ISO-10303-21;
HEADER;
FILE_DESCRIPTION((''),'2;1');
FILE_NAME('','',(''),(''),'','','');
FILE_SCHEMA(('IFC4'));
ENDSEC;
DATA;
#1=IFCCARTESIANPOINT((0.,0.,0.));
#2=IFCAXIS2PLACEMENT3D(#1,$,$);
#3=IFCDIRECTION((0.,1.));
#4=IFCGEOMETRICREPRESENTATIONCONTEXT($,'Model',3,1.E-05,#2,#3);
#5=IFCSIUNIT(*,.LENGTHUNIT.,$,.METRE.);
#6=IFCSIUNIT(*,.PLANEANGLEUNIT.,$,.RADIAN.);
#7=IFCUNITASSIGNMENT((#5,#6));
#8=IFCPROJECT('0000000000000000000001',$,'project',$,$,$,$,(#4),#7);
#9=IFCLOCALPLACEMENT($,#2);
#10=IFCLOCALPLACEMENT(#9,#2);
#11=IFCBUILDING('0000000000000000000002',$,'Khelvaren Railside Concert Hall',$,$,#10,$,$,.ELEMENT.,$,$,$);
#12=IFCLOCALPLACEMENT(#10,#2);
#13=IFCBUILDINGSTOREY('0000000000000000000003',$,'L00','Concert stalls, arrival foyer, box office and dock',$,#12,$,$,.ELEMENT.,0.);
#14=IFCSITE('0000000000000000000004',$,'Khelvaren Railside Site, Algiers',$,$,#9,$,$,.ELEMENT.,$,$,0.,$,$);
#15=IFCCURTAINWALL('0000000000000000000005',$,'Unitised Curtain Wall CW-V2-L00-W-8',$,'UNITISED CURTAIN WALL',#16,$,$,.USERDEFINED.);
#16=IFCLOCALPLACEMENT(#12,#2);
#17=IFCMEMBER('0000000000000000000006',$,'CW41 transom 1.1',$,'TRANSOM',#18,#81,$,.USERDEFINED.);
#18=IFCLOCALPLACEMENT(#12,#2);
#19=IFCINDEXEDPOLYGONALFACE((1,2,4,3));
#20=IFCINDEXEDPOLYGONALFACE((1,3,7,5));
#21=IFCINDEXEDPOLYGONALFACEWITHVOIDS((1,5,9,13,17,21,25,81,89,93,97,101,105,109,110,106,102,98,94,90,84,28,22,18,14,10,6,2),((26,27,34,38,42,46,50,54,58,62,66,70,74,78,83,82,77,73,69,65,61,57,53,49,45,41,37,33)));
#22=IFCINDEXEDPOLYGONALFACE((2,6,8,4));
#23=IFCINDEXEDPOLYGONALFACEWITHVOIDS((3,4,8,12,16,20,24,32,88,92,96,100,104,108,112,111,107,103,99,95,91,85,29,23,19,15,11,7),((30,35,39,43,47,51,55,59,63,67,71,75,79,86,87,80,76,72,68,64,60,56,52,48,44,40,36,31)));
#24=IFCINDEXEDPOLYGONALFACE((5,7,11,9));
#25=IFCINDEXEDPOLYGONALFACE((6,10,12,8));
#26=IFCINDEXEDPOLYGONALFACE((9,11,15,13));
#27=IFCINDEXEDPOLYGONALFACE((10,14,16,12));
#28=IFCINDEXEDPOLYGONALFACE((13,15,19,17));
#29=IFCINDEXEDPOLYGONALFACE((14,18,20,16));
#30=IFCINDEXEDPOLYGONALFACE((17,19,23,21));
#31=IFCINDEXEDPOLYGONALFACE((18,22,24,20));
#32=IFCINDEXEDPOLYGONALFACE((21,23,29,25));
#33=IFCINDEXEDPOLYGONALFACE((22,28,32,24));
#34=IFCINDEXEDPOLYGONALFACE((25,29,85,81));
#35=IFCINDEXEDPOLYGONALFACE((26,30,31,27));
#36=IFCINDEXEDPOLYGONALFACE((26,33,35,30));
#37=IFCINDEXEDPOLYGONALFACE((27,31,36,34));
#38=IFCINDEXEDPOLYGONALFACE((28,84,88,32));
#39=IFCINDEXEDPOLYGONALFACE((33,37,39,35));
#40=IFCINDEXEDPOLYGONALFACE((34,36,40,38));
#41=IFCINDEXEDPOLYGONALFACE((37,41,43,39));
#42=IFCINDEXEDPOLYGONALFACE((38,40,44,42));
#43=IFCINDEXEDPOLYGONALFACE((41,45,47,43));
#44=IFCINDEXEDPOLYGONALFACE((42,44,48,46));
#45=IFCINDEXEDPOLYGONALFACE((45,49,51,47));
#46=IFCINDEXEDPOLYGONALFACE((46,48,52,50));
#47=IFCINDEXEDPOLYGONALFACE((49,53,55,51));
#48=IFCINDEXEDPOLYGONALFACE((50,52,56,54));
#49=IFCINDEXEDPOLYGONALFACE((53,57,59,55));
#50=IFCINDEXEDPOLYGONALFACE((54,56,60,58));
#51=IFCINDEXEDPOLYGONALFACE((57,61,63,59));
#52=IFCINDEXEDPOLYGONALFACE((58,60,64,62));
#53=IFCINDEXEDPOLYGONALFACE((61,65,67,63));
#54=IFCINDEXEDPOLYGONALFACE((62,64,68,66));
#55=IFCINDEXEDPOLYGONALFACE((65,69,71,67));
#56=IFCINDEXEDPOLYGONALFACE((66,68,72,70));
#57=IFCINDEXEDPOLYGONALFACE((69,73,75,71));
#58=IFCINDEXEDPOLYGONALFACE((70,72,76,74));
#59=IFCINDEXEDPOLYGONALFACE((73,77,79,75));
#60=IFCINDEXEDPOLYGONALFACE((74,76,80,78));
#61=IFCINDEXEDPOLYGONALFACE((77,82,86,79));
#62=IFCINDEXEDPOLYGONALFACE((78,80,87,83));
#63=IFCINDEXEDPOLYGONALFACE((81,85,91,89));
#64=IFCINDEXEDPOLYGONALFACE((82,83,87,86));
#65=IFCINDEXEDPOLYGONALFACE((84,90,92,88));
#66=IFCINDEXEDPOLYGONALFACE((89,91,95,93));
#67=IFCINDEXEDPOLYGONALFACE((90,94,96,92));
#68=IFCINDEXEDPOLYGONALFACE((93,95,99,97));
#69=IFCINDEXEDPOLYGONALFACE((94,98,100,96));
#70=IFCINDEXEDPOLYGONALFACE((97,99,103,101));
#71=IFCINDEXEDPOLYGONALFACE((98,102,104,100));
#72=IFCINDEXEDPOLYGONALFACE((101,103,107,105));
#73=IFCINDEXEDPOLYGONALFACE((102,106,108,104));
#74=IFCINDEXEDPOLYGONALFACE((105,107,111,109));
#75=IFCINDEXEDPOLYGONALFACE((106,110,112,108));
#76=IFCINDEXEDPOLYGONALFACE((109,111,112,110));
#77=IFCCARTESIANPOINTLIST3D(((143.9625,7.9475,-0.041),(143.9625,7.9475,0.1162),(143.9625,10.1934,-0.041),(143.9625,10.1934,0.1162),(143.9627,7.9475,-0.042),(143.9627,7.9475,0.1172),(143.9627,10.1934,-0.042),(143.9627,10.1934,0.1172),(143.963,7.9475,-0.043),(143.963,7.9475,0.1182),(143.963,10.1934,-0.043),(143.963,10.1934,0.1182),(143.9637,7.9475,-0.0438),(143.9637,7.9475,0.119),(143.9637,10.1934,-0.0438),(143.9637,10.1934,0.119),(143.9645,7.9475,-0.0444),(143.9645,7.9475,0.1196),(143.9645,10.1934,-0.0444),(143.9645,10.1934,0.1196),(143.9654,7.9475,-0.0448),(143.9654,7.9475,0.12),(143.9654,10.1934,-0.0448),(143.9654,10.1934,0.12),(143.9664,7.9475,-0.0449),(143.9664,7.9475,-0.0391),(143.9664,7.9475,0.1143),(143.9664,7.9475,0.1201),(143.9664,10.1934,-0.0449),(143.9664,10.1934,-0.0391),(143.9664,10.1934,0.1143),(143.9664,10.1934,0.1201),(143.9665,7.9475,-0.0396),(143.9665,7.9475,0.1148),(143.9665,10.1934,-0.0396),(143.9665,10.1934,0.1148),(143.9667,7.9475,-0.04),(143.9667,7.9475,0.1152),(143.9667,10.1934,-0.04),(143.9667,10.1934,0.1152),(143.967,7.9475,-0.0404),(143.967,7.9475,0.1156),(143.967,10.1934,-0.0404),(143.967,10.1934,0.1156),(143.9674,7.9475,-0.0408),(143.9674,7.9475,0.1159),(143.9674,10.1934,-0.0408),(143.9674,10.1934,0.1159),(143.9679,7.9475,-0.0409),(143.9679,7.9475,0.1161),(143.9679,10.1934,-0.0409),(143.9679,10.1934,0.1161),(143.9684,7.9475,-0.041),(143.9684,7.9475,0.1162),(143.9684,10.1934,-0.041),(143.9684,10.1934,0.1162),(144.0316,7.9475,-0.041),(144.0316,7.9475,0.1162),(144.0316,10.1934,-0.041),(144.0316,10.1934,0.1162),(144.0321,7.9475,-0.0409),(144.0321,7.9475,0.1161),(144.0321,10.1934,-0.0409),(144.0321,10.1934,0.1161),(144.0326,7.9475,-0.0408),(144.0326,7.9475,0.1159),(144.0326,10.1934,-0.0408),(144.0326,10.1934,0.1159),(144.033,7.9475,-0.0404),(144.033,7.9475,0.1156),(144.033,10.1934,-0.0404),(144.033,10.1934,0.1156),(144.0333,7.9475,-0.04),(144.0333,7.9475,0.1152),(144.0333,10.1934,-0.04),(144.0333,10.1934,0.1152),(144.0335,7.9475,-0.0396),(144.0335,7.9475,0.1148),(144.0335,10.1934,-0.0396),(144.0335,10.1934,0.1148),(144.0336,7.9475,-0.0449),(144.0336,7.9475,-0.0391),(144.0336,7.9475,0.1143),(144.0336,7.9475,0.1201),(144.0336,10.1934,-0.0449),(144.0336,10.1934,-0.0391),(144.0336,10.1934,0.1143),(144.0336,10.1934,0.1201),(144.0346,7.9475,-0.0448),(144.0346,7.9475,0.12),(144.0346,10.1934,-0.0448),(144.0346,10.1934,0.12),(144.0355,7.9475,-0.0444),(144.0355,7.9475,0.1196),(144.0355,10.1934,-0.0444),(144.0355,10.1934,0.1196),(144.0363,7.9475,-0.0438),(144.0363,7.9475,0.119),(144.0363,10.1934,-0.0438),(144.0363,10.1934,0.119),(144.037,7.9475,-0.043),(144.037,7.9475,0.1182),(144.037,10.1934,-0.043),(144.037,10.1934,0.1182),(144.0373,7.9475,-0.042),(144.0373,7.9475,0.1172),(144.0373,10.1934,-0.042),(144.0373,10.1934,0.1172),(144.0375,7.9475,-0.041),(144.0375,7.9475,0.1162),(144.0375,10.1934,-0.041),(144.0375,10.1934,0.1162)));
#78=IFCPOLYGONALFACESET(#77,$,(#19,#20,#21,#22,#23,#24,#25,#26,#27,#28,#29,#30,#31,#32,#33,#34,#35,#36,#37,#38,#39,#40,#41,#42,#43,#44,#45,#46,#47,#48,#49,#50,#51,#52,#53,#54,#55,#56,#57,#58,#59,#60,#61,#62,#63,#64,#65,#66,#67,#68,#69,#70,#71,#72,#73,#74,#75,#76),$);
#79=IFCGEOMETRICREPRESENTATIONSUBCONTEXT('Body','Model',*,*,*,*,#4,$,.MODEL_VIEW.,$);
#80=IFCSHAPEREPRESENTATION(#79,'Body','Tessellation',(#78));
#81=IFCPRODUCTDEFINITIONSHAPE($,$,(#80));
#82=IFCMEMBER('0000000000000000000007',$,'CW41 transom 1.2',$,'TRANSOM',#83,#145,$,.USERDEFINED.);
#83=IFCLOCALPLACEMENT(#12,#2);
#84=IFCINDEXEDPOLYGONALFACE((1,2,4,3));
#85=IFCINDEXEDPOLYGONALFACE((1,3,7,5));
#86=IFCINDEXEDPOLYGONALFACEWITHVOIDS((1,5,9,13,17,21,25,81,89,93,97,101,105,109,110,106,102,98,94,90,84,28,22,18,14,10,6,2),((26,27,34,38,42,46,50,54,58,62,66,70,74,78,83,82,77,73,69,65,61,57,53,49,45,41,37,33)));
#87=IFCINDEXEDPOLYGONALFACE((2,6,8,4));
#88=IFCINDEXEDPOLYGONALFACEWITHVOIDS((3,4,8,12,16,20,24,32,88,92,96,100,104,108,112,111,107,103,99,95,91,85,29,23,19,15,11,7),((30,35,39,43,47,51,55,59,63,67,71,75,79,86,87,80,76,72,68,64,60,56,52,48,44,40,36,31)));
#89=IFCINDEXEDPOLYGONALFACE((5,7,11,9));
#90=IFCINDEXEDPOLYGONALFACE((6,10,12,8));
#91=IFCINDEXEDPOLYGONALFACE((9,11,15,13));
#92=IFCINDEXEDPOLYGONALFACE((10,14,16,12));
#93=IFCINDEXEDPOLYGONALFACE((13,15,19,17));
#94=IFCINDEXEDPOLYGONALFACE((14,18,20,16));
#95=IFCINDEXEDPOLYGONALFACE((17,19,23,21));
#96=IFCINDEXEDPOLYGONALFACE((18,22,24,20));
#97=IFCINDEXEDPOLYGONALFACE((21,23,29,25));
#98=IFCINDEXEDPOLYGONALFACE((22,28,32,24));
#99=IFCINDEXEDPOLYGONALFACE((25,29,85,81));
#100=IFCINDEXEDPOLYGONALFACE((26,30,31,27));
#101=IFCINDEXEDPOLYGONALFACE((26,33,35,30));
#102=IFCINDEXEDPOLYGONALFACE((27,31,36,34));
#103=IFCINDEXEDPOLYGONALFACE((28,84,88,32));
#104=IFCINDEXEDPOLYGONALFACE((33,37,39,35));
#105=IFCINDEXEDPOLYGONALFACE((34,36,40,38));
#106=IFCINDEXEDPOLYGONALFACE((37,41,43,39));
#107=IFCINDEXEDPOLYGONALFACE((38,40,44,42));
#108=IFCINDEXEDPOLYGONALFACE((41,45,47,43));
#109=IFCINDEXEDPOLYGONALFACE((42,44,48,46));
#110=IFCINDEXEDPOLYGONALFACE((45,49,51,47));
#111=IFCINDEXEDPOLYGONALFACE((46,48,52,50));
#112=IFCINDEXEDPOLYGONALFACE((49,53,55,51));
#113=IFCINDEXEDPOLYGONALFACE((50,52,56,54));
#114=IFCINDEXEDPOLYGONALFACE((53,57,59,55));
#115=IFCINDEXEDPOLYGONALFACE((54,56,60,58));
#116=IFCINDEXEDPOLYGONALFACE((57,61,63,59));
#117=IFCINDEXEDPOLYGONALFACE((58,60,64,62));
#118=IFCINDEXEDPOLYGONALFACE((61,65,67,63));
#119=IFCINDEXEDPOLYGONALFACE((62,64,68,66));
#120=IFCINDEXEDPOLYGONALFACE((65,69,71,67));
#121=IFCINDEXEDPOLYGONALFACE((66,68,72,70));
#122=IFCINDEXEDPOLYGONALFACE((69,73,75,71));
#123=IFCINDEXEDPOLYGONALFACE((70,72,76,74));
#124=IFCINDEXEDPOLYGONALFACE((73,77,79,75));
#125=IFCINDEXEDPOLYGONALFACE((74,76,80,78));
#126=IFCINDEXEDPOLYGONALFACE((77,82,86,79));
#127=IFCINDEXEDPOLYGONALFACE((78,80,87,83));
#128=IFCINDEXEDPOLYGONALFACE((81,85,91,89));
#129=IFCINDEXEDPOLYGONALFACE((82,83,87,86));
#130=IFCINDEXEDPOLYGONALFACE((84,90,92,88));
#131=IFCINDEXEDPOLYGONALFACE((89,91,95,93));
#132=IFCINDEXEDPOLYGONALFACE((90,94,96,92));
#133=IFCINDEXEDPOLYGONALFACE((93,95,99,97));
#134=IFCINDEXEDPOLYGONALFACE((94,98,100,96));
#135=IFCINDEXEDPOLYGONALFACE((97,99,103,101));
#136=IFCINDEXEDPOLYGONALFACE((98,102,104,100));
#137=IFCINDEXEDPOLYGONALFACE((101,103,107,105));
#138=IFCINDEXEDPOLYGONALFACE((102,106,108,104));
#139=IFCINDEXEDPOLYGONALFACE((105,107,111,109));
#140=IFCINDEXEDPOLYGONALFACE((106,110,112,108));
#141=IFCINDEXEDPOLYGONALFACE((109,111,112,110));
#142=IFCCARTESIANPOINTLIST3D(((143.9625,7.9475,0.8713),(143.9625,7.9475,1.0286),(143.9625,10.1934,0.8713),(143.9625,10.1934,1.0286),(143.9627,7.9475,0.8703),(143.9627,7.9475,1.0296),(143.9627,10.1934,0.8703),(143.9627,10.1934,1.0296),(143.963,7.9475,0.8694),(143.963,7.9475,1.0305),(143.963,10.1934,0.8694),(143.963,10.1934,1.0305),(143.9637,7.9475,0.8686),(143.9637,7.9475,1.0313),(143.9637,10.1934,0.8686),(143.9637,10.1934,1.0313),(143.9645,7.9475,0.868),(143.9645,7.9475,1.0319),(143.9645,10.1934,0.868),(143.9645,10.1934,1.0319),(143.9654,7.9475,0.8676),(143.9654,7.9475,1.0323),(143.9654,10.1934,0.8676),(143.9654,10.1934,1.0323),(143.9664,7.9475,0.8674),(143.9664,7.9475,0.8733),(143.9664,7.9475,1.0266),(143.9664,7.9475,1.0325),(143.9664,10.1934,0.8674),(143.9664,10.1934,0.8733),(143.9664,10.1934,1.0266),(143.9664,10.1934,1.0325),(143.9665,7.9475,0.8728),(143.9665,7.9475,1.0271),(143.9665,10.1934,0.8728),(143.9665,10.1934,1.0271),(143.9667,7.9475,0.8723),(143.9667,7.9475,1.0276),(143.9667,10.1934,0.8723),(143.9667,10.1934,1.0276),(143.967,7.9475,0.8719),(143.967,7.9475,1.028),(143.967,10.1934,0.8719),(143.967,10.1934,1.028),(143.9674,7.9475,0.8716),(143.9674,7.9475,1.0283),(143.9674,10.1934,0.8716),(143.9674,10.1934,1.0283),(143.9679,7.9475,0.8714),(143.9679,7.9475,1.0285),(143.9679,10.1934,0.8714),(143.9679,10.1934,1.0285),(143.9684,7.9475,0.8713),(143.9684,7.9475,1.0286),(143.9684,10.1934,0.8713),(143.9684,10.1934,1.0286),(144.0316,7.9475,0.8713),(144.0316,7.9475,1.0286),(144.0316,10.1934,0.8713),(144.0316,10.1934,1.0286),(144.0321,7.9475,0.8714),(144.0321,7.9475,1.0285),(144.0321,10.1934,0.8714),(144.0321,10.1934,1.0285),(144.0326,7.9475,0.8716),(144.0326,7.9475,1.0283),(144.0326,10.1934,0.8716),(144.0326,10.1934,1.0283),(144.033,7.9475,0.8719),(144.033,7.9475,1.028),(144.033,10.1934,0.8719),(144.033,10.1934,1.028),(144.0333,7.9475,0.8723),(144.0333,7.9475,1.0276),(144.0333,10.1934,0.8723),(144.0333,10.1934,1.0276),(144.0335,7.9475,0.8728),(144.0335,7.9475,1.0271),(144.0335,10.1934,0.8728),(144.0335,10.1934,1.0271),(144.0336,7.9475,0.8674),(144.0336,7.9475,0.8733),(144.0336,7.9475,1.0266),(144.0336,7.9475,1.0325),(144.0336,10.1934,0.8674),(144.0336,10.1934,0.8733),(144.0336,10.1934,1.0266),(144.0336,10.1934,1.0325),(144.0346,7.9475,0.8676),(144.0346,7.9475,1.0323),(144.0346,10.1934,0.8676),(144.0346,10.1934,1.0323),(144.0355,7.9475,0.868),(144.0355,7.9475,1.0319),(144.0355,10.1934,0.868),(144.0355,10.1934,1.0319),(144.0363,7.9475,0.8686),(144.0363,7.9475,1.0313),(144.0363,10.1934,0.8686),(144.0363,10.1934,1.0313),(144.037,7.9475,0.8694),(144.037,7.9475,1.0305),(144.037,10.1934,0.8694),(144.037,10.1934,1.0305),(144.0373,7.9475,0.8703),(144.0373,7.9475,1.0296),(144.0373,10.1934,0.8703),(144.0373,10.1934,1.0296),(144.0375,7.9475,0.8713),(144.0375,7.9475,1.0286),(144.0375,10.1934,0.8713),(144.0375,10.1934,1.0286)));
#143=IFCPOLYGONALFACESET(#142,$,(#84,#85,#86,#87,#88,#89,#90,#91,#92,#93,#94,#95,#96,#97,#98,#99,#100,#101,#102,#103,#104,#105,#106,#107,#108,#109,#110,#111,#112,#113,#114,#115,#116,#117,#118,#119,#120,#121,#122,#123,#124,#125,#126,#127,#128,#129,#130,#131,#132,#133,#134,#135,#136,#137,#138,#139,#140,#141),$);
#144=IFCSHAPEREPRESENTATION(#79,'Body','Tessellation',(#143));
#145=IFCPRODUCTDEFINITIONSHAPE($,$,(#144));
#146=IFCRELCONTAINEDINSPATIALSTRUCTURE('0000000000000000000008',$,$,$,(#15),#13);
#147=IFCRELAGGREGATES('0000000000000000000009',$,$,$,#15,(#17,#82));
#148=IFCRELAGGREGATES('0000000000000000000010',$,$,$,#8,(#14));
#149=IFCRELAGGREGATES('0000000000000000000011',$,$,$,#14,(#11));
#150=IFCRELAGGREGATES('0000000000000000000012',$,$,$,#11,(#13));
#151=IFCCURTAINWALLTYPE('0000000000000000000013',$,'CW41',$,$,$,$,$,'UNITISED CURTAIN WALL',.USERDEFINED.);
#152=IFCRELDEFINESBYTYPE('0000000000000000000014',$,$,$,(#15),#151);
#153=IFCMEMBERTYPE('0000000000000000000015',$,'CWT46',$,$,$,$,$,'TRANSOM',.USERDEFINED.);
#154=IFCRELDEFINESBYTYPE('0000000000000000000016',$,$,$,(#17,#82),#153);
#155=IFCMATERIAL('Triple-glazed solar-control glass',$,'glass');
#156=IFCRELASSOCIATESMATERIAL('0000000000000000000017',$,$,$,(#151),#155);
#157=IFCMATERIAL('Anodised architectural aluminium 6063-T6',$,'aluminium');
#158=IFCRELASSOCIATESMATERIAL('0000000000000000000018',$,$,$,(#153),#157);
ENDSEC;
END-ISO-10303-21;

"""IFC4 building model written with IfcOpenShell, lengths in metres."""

from ifc_helpers import new_model, si_unit, direction, frame, origin, origin_2d, place, context, subcontext, project, spatial, hollow_rectangle, extrude, material, material_profile, profile_set, type_object, element, aggregate, save


model = new_model("IFC4")

# Units and contexts
model_context = context("Model", 3, precision=1e-05, world=origin(), true_north=direction((0.0, 1.0)))
body_context = subcontext(model_context, "Body", "Model", "MODEL_VIEW")
ifc_project = project(units=[si_unit("LENGTHUNIT", "METRE"), si_unit("PLANEANGLEUNIT", "RADIAN")], contexts=[model_context])

# Site, building, storey
site_placement = place(None, origin())
site = spatial("IfcSite", under=ifc_project, at=site_placement, Name="Khelvaren Railside Site, Algiers", CompositionType="ELEMENT", RefElevation=0.0)
building_placement = place(site_placement, origin())
building = spatial("IfcBuilding", under=site, at=building_placement, Name="Khelvaren Railside Concert Hall", CompositionType="ELEMENT")
storey_placement = place(building_placement, origin())
storey = spatial("IfcBuildingStorey", under=building, at=storey_placement, Name="L00", Description="Concert stalls, arrival foyer, box office and dock", CompositionType="ELEMENT", Elevation=0.0)

# Shared definitions
ifc_material_1 = material(Name="Triple-glazed solar-control glass", Category="glass")
ifc_material_2 = material(Name="Anodised architectural aluminium 6063-T6", Category="aluminium")

# Curtain wall
curtain_wall_type_1 = type_object("IfcCurtainWallType", Name="CW41", ElementType="UNITISED CURTAIN WALL", PredefinedType="USERDEFINED", material=ifc_material_1)
curtain_wall_1_placement = place(storey_placement, origin())
curtain_wall_1 = element("IfcCurtainWall", 1, at=curtain_wall_1_placement, inside=storey, type_object=curtain_wall_type_1, Name="Unitised Curtain Wall CW-V2-L00-W-8", ObjectType="UNITISED CURTAIN WALL", PredefinedType="USERDEFINED")

# Members
ifc_material_profile_1 = material_profile(ifc_material_2, hollow_rectangle(XDim=0.075, YDim=0.165, WallThickness=0.0039, InnerFilletRadius=0.002, OuterFilletRadius=0.0039, at=origin_2d()), Name="CWT 75x165x4")
ifc_profile_set_1 = profile_set([ifc_material_profile_1], Name="Anodised architectural aluminium 6063-T6")
member_type_1 = type_object("IfcMemberType", Name="CWT46", ElementType="TRANSOM", PredefinedType="USERDEFINED", material=ifc_profile_set_1)
member_1_placement = place(storey_placement, frame((144.0, 7.9475, 0.0376), z_axis=(0.0, 1.0, 0.0), x_axis=(-1.0, 0.0, 0.0)))
member_1 = element("IfcMember", 2, at=member_1_placement, type_object=member_type_1, Name="CW41 transom 1.1", ObjectType="TRANSOM", PredefinedType="USERDEFINED", context=body_context, shape_type="SweptSolid", body=[
    extrude(hollow_rectangle(XDim=0.075, YDim=0.165, WallThickness=0.0039, InnerFilletRadius=0.002, OuterFilletRadius=0.0039, at=origin_2d()), origin(), (0.0, 0.0, 1.0), 2.2458),
])
member_2_placement = place(storey_placement, frame((144.0, 7.9475, 0.95), z_axis=(0.0, 1.0, 0.0), x_axis=(-1.0, 0.0, 0.0)))
member_2 = element("IfcMember", 3, at=member_2_placement, type_object=member_type_1, Name="CW41 transom 1.2", ObjectType="TRANSOM", PredefinedType="USERDEFINED", context=body_context, shape_type="SweptSolid", body=[
    extrude(hollow_rectangle(XDim=0.075, YDim=0.165, WallThickness=0.0039, InnerFilletRadius=0.002, OuterFilletRadius=0.0039, at=origin_2d()), origin(), (0.0, 0.0, 1.0), 2.2458),
])
aggregate(curtain_wall_1, [member_1, member_2])

save(model, "model.ifc")
